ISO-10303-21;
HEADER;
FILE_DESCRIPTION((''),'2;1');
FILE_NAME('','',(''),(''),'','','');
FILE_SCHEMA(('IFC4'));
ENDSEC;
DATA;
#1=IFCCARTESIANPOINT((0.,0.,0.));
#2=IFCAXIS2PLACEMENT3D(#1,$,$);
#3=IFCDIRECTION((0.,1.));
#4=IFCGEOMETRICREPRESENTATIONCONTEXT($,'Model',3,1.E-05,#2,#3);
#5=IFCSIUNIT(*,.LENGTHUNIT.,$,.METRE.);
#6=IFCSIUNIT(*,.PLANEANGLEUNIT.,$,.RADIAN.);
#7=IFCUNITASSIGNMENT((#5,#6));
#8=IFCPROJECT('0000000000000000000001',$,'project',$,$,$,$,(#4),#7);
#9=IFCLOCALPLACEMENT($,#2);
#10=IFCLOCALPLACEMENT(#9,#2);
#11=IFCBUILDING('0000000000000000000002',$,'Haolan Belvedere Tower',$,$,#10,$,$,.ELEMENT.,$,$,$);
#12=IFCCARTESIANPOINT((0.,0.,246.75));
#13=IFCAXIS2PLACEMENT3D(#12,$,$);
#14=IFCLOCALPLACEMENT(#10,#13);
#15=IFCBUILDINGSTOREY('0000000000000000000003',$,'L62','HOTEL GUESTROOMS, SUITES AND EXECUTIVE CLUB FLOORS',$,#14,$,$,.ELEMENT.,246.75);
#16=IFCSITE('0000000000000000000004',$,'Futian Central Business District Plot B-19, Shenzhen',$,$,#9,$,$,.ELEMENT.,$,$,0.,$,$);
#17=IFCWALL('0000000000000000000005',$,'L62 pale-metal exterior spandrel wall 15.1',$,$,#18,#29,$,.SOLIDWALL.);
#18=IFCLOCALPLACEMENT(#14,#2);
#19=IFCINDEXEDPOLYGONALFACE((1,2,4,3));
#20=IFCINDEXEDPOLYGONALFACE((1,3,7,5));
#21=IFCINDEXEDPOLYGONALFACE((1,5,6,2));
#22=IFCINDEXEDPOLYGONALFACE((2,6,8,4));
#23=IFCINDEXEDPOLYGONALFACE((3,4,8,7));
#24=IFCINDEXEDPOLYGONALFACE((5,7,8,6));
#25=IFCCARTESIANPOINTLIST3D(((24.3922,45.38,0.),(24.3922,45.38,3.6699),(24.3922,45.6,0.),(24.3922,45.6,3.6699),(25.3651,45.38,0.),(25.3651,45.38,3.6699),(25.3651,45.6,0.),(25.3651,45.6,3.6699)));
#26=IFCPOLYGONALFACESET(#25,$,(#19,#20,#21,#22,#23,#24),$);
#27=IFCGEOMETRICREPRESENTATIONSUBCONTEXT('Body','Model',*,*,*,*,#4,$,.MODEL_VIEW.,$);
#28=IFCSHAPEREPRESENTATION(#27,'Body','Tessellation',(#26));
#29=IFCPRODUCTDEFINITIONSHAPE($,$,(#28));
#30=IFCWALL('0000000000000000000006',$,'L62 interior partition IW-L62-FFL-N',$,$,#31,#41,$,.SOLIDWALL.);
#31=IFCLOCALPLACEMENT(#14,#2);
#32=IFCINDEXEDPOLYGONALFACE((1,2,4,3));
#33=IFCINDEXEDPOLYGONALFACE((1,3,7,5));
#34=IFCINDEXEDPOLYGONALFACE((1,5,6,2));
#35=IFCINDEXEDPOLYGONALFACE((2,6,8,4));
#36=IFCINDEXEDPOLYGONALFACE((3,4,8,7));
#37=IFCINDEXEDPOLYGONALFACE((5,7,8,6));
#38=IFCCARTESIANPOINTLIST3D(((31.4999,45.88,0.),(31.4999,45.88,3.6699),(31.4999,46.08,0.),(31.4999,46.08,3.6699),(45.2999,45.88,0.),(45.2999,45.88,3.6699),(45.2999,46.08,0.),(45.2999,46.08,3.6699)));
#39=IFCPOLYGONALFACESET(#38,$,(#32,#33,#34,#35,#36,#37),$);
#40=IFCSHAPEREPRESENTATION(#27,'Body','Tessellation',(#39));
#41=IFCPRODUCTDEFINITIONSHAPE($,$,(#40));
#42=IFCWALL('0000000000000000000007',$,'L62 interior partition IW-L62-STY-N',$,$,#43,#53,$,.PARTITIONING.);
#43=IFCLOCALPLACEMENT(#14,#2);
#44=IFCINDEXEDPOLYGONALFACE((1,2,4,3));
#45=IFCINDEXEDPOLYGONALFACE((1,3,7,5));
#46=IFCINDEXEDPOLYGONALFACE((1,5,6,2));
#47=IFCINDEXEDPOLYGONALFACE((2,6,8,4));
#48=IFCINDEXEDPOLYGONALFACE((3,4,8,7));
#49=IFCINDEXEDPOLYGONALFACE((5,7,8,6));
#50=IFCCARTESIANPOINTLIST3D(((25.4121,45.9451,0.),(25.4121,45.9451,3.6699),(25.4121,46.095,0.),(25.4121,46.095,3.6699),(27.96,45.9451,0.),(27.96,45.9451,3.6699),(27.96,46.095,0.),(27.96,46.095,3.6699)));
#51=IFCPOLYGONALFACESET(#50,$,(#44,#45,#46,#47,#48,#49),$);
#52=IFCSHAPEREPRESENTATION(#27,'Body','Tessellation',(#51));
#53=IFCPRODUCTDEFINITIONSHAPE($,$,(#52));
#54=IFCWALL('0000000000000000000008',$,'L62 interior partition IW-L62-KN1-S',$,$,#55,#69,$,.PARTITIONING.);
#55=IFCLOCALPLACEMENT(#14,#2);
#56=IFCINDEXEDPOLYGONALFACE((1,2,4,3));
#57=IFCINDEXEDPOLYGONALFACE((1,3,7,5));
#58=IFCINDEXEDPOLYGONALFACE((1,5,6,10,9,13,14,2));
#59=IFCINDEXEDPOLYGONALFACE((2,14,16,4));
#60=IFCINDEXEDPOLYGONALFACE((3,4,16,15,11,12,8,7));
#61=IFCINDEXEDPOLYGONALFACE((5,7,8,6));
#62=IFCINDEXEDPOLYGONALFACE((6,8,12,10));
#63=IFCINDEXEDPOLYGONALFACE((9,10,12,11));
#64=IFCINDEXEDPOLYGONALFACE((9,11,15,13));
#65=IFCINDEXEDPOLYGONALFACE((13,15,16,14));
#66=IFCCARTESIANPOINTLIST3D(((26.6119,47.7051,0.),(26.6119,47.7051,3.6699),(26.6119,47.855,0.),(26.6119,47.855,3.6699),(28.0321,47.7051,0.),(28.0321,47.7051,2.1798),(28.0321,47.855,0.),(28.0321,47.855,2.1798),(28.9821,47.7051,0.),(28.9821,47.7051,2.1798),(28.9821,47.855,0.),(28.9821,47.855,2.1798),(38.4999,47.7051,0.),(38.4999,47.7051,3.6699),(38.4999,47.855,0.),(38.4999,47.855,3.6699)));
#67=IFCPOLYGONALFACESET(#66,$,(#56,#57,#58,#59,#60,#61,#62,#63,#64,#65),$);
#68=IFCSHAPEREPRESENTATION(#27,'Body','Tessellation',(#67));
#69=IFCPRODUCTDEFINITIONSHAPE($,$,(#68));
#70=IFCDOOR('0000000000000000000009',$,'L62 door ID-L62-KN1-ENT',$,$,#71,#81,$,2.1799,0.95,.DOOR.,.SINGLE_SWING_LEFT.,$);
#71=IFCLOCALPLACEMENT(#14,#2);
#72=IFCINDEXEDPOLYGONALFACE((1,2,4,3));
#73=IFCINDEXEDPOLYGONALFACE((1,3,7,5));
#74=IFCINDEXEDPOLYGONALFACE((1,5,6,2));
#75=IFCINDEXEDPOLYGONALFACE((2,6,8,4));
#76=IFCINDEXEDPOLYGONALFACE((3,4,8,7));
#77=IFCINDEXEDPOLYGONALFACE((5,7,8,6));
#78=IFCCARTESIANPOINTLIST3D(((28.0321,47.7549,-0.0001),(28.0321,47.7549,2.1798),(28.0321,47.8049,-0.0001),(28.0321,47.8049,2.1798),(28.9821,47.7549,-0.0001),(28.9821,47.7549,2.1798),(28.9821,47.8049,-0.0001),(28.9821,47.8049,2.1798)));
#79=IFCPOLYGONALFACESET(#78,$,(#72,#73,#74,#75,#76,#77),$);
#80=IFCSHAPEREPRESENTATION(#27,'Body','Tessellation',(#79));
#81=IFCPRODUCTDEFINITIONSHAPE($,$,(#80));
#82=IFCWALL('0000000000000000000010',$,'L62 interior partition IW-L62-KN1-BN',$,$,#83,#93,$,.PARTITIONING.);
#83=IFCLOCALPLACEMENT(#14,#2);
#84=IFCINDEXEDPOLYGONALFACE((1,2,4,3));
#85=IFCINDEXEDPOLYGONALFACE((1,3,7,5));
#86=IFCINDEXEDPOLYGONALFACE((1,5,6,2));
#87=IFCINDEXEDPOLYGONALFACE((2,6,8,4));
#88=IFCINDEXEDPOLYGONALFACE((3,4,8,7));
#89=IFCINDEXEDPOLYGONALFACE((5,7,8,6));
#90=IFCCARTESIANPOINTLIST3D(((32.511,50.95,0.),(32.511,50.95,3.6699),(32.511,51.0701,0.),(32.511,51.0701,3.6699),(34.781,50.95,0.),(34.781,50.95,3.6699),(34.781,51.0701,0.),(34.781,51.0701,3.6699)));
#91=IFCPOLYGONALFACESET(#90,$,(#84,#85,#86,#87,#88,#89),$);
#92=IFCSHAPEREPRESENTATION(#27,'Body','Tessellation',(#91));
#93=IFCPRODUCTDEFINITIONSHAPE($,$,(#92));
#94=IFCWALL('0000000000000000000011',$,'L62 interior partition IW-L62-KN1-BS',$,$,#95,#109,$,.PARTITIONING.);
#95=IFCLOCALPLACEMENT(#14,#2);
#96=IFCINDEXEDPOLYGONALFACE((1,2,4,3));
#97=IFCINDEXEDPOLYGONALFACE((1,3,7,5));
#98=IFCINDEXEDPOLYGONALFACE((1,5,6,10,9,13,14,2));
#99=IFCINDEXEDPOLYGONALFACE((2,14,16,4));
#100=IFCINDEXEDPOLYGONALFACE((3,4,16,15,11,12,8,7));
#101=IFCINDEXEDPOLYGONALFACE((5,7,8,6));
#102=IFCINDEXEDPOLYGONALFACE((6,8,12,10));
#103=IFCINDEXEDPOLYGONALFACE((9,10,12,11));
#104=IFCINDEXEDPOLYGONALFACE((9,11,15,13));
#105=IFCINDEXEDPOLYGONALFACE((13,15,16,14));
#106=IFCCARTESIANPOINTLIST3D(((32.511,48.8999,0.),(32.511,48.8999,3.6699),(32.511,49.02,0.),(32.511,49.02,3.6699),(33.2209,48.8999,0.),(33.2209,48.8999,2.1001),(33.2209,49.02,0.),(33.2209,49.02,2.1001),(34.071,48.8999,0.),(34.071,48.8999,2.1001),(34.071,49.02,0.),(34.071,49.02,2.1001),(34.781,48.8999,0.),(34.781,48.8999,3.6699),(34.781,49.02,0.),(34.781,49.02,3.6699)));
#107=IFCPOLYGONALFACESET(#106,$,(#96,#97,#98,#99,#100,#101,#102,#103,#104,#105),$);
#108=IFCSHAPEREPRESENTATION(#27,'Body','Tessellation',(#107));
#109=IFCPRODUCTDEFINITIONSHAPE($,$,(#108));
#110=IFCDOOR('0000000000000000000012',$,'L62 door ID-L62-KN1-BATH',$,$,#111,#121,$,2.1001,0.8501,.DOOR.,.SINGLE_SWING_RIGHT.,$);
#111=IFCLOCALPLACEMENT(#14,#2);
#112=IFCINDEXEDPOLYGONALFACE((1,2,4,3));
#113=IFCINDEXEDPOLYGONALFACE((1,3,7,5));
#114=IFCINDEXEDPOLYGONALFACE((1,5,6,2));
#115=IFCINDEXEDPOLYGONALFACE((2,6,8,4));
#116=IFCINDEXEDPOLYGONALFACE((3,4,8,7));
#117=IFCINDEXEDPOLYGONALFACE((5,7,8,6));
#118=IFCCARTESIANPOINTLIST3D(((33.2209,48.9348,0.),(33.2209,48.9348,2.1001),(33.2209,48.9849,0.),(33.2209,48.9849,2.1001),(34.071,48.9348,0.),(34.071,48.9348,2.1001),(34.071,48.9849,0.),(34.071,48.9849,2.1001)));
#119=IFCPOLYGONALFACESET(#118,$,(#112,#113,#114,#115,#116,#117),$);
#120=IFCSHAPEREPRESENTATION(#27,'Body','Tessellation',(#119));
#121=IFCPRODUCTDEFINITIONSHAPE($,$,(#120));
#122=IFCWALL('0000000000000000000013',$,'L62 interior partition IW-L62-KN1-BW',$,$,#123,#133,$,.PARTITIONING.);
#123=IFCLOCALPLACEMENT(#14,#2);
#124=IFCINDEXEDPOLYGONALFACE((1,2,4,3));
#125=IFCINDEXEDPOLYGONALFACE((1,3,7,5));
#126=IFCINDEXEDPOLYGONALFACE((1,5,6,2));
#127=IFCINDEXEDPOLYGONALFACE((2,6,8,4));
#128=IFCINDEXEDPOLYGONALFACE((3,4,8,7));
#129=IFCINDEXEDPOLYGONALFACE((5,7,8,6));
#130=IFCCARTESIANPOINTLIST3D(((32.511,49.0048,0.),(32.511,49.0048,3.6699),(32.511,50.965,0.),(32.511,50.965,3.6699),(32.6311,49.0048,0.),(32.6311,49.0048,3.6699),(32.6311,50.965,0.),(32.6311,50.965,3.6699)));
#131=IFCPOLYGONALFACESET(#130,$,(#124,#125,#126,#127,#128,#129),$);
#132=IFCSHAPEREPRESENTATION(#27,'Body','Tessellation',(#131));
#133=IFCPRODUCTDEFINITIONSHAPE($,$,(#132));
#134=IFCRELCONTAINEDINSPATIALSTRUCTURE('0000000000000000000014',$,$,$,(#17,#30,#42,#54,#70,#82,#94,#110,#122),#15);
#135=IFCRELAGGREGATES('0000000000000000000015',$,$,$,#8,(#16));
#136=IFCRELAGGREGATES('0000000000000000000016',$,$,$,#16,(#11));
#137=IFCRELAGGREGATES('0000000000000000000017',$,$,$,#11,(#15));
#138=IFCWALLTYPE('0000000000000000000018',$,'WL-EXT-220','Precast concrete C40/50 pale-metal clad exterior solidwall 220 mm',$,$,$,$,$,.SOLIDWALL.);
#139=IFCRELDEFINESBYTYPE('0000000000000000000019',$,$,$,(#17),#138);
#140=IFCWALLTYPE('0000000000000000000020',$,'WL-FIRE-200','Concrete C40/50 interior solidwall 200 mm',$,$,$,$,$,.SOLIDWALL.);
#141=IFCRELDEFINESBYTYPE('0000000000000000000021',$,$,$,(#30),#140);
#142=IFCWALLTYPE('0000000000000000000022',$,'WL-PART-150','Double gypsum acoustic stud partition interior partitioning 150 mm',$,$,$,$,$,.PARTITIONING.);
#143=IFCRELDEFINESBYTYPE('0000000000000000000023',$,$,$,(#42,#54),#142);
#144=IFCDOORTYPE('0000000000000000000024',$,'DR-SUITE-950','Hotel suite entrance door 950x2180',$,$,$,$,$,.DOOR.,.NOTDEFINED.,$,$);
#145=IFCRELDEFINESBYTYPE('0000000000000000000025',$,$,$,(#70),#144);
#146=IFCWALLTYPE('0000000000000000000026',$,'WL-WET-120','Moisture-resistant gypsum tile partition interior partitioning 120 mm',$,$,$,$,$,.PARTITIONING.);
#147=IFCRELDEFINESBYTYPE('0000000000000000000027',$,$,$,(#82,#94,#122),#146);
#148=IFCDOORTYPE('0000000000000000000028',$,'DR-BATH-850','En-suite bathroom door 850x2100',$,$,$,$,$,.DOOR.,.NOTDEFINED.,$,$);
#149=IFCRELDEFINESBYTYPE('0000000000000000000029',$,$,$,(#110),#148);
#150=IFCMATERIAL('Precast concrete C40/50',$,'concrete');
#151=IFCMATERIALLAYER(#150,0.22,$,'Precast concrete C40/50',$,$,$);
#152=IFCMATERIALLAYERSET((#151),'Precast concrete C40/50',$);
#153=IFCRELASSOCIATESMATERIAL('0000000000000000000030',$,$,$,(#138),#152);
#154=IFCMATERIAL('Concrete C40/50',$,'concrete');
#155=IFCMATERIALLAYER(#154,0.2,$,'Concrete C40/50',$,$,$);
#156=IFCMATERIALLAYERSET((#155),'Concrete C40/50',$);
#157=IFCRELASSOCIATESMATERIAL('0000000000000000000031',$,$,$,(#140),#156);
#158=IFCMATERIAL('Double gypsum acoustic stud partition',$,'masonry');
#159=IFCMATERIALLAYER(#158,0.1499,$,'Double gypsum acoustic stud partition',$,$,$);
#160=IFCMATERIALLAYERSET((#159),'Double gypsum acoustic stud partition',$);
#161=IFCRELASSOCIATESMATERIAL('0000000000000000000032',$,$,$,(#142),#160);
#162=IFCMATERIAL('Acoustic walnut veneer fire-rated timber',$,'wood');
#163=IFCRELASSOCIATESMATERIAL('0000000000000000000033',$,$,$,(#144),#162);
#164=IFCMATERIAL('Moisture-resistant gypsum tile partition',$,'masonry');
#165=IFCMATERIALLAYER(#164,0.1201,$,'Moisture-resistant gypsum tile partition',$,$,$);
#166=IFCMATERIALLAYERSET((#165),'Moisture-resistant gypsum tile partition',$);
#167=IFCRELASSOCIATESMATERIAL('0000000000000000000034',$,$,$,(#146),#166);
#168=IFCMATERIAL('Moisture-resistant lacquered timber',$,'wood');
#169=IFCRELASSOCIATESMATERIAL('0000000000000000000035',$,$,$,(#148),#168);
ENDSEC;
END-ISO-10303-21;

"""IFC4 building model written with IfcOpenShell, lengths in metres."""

from ifc_helpers import new_model, si_unit, direction, frame, frame_2d, origin, place, context, subcontext, project, spatial, rectangle, extrude, material, layer, layer_set, type_object, element, fill, save


model = new_model("IFC4")

# Units and contexts
model_context = context("Model", 3, precision=1e-05, world=origin(), true_north=direction((0.0, 1.0)))
body_context = subcontext(model_context, "Body", "Model", "MODEL_VIEW")
ifc_project = project(units=[si_unit("LENGTHUNIT", "METRE"), si_unit("PLANEANGLEUNIT", "RADIAN")], contexts=[model_context])

# Site, building, storey
site_placement = place(None, origin())
site = spatial("IfcSite", under=ifc_project, at=site_placement, Name="Futian Central Business District Plot B-19, Shenzhen", CompositionType="ELEMENT", RefElevation=0.0)
building_placement = place(site_placement, origin())
building = spatial("IfcBuilding", under=site, at=building_placement, Name="Haolan Belvedere Tower", CompositionType="ELEMENT")
storey_placement = place(building_placement, frame((0.0, 0.0, 246.75)))
storey = spatial("IfcBuildingStorey", under=building, at=storey_placement, Name="L62", Description="HOTEL GUESTROOMS, SUITES AND EXECUTIVE CLUB FLOORS", CompositionType="ELEMENT", Elevation=246.75)

# Shared definitions
ifc_material_1 = material(Name="Precast concrete C40/50", Category="concrete")
ifc_layer_1 = layer(ifc_material_1, 0.22, Name="Precast concrete C40/50")
ifc_layer_set_1 = layer_set([ifc_layer_1], Name="Precast concrete C40/50")
wall_type_1 = type_object("IfcWallType", Name="WL-EXT-220", Description="Precast concrete C40/50 pale-metal clad exterior solidwall 220 mm", PredefinedType="SOLIDWALL", material=ifc_layer_set_1)

# Walls
wall_1_placement = place(storey_placement, frame((25.365, 45.49, 0.0), z_axis=(0.0, 0.0, 1.0), x_axis=(-1.0, 0.0, 0.0)))
element("IfcWall", 1, at=wall_1_placement, inside=storey, type_object=wall_type_1, Name="L62 pale-metal exterior spandrel wall 15.1", PredefinedType="SOLIDWALL", context=body_context, shape_type="SweptSolid", body=[
    extrude(rectangle(XDim=0.9729, YDim=0.22, at=frame_2d((0.4863, 0.0))), origin(), (0.0, 0.0, 1.0), 3.6699),
])
ifc_material_2 = material(Name="Concrete C40/50", Category="concrete")
ifc_layer_2 = layer(ifc_material_2, 0.2, Name="Concrete C40/50")
ifc_layer_set_2 = layer_set([ifc_layer_2], Name="Concrete C40/50")
wall_type_2 = type_object("IfcWallType", Name="WL-FIRE-200", Description="Concrete C40/50 interior solidwall 200 mm", PredefinedType="SOLIDWALL", material=ifc_layer_set_2)
wall_2_placement = place(storey_placement, frame((31.5, 45.98, 0.0), z_axis=(0.0, 0.0, 1.0), x_axis=(1.0, 0.0, 0.0)))
element("IfcWall", 2, at=wall_2_placement, inside=storey, type_object=wall_type_2, Name="L62 interior partition IW-L62-FFL-N", PredefinedType="SOLIDWALL", context=body_context, shape_type="SweptSolid", body=[
    extrude(rectangle(XDim=13.8, YDim=0.2, at=frame_2d((6.8999, 0.0))), origin(), (0.0, 0.0, 1.0), 3.6699),
])

# Wall
ifc_material_3 = material(Name="Double gypsum acoustic stud partition", Category="masonry")
ifc_layer_3 = layer(ifc_material_3, 0.1499, Name="Double gypsum acoustic stud partition")
ifc_layer_set_3 = layer_set([ifc_layer_3], Name="Double gypsum acoustic stud partition")
wall_type_3 = type_object("IfcWallType", Name="WL-PART-150", Description="Double gypsum acoustic stud partition interior partitioning 150 mm", PredefinedType="PARTITIONING", material=ifc_layer_set_3)
wall_3_placement = place(storey_placement, frame((25.4121, 46.02, 0.0), z_axis=(0.0, 0.0, 1.0), x_axis=(1.0, 0.0, 0.0)))
element("IfcWall", 3, at=wall_3_placement, inside=storey, type_object=wall_type_3, Name="L62 interior partition IW-L62-STY-N", PredefinedType="PARTITIONING", context=body_context, shape_type="SweptSolid", body=[
    extrude(rectangle(XDim=2.5479, YDim=0.1499, at=frame_2d((1.2739, 0.0))), origin(), (0.0, 0.0, 1.0), 3.6699),
])

# Wall, opening, door
wall_4_placement = place(storey_placement, frame((26.6121, 47.78, 0.0), z_axis=(0.0, 0.0, 1.0), x_axis=(1.0, 0.0, 0.0)))
wall_4 = element("IfcWall", 4, at=wall_4_placement, inside=storey, type_object=wall_type_3, Name="L62 interior partition IW-L62-KN1-S", PredefinedType="PARTITIONING", context=body_context, shape_type="SweptSolid", body=[
    extrude(rectangle(XDim=11.8879, YDim=0.1499, at=frame_2d((5.9438, 0.0))), origin(), (0.0, 0.0, 1.0), 3.6699),
])
opening_1_placement = place(wall_4_placement, frame((1.4199, 0.0, 0.0)))
opening_1 = element("IfcOpeningElement", 5, at=opening_1_placement, cuts=wall_4, PredefinedType="OPENING", context=body_context, shape_type="SweptSolid", body=[
    extrude(rectangle(XDim=0.95, YDim=2.1799, at=frame_2d((0.4751, 1.0898))), frame((0.0, 0.085, 0.0), z_axis=(0.0, -1.0, 0.0), x_axis=(1.0, 0.0, 0.0)), (0.0, 0.0, 1.0), 0.1699),
])
ifc_material_4 = material(Name="Acoustic walnut veneer fire-rated timber", Category="wood")
door_type_1 = type_object("IfcDoorType", Name="DR-SUITE-950", Description="Hotel suite entrance door 950x2180", OperationType="NOTDEFINED", PredefinedType="DOOR", material=ifc_material_4)
door_1_placement = place(opening_1_placement, origin())
door_1 = element("IfcDoor", 6, at=door_1_placement, inside=storey, type_object=door_type_1, Name="L62 door ID-L62-KN1-ENT", OperationType="SINGLE_SWING_LEFT", OverallHeight=2.1799, OverallWidth=0.95, PredefinedType="DOOR", context=body_context, shape_type="SweptSolid", body=[
    extrude(rectangle(XDim=0.95, YDim=2.1799, at=frame_2d((0.4751, 1.0898))), frame((0.0, 0.0249, 0.0), z_axis=(0.0, -1.0, 0.0), x_axis=(1.0, 0.0, 0.0)), (0.0, 0.0, 1.0), 0.05),
])
fill(opening_1, door_1)

# Wall
ifc_material_5 = material(Name="Moisture-resistant gypsum tile partition", Category="masonry")
ifc_layer_4 = layer(ifc_material_5, 0.1201, Name="Moisture-resistant gypsum tile partition")
ifc_layer_set_4 = layer_set([ifc_layer_4], Name="Moisture-resistant gypsum tile partition")
wall_type_4 = type_object("IfcWallType", Name="WL-WET-120", Description="Moisture-resistant gypsum tile partition interior partitioning 120 mm", PredefinedType="PARTITIONING", material=ifc_layer_set_4)
wall_5_placement = place(storey_placement, frame((32.511, 51.01, 0.0), z_axis=(0.0, 0.0, 1.0), x_axis=(1.0, 0.0, 0.0)))
element("IfcWall", 7, at=wall_5_placement, inside=storey, type_object=wall_type_4, Name="L62 interior partition IW-L62-KN1-BN", PredefinedType="PARTITIONING", context=body_context, shape_type="SweptSolid", body=[
    extrude(rectangle(XDim=2.27, YDim=0.1201, at=frame_2d((1.135, 0.0))), origin(), (0.0, 0.0, 1.0), 3.6699),
])

# Wall, opening, door
wall_6_placement = place(storey_placement, frame((32.511, 48.96, 0.0), z_axis=(0.0, 0.0, 1.0), x_axis=(1.0, 0.0, 0.0)))
wall_6 = element("IfcWall", 8, at=wall_6_placement, inside=storey, type_object=wall_type_4, Name="L62 interior partition IW-L62-KN1-BS", PredefinedType="PARTITIONING", context=body_context, shape_type="SweptSolid", body=[
    extrude(rectangle(XDim=2.27, YDim=0.1201, at=frame_2d((1.135, 0.0))), origin(), (0.0, 0.0, 1.0), 3.6699),
])
opening_2_placement = place(wall_6_placement, frame((0.71, 0.0, 0.0)))
opening_2 = element("IfcOpeningElement", 9, at=opening_2_placement, cuts=wall_6, PredefinedType="OPENING", context=body_context, shape_type="SweptSolid", body=[
    extrude(rectangle(XDim=0.8501, YDim=2.1001, at=frame_2d((0.425, 1.05))), frame((0.0, 0.0701, 0.0), z_axis=(0.0, -1.0, 0.0), x_axis=(1.0, 0.0, 0.0)), (0.0, 0.0, 1.0), 0.1401),
])
ifc_material_6 = material(Name="Moisture-resistant lacquered timber", Category="wood")
door_type_2 = type_object("IfcDoorType", Name="DR-BATH-850", Description="En-suite bathroom door 850x2100", OperationType="NOTDEFINED", PredefinedType="DOOR", material=ifc_material_6)
door_2_placement = place(opening_2_placement, origin())
door_2 = element("IfcDoor", 10, at=door_2_placement, inside=storey, type_object=door_type_2, Name="L62 door ID-L62-KN1-BATH", OperationType="SINGLE_SWING_RIGHT", OverallHeight=2.1001, OverallWidth=0.8501, PredefinedType="DOOR", context=body_context, shape_type="SweptSolid", body=[
    extrude(rectangle(XDim=0.8501, YDim=2.1001, at=frame_2d((0.425, 1.05))), frame((0.0, 0.0249, 0.0), z_axis=(0.0, -1.0, 0.0), x_axis=(1.0, 0.0, 0.0)), (0.0, 0.0, 1.0), 0.05),
])
fill(opening_2, door_2)

# Wall
wall_7_placement = place(storey_placement, frame((32.571, 49.0049, 0.0), z_axis=(0.0, 0.0, 1.0), x_axis=(0.0, 1.0, 0.0)))
element("IfcWall", 11, at=wall_7_placement, inside=storey, type_object=wall_type_4, Name="L62 interior partition IW-L62-KN1-BW", PredefinedType="PARTITIONING", context=body_context, shape_type="SweptSolid", body=[
    extrude(rectangle(XDim=1.9602, YDim=0.1201, at=frame_2d((0.98, 0.0))), origin(), (0.0, 0.0, 1.0), 3.6699),
])

save(model, "model.ifc")
